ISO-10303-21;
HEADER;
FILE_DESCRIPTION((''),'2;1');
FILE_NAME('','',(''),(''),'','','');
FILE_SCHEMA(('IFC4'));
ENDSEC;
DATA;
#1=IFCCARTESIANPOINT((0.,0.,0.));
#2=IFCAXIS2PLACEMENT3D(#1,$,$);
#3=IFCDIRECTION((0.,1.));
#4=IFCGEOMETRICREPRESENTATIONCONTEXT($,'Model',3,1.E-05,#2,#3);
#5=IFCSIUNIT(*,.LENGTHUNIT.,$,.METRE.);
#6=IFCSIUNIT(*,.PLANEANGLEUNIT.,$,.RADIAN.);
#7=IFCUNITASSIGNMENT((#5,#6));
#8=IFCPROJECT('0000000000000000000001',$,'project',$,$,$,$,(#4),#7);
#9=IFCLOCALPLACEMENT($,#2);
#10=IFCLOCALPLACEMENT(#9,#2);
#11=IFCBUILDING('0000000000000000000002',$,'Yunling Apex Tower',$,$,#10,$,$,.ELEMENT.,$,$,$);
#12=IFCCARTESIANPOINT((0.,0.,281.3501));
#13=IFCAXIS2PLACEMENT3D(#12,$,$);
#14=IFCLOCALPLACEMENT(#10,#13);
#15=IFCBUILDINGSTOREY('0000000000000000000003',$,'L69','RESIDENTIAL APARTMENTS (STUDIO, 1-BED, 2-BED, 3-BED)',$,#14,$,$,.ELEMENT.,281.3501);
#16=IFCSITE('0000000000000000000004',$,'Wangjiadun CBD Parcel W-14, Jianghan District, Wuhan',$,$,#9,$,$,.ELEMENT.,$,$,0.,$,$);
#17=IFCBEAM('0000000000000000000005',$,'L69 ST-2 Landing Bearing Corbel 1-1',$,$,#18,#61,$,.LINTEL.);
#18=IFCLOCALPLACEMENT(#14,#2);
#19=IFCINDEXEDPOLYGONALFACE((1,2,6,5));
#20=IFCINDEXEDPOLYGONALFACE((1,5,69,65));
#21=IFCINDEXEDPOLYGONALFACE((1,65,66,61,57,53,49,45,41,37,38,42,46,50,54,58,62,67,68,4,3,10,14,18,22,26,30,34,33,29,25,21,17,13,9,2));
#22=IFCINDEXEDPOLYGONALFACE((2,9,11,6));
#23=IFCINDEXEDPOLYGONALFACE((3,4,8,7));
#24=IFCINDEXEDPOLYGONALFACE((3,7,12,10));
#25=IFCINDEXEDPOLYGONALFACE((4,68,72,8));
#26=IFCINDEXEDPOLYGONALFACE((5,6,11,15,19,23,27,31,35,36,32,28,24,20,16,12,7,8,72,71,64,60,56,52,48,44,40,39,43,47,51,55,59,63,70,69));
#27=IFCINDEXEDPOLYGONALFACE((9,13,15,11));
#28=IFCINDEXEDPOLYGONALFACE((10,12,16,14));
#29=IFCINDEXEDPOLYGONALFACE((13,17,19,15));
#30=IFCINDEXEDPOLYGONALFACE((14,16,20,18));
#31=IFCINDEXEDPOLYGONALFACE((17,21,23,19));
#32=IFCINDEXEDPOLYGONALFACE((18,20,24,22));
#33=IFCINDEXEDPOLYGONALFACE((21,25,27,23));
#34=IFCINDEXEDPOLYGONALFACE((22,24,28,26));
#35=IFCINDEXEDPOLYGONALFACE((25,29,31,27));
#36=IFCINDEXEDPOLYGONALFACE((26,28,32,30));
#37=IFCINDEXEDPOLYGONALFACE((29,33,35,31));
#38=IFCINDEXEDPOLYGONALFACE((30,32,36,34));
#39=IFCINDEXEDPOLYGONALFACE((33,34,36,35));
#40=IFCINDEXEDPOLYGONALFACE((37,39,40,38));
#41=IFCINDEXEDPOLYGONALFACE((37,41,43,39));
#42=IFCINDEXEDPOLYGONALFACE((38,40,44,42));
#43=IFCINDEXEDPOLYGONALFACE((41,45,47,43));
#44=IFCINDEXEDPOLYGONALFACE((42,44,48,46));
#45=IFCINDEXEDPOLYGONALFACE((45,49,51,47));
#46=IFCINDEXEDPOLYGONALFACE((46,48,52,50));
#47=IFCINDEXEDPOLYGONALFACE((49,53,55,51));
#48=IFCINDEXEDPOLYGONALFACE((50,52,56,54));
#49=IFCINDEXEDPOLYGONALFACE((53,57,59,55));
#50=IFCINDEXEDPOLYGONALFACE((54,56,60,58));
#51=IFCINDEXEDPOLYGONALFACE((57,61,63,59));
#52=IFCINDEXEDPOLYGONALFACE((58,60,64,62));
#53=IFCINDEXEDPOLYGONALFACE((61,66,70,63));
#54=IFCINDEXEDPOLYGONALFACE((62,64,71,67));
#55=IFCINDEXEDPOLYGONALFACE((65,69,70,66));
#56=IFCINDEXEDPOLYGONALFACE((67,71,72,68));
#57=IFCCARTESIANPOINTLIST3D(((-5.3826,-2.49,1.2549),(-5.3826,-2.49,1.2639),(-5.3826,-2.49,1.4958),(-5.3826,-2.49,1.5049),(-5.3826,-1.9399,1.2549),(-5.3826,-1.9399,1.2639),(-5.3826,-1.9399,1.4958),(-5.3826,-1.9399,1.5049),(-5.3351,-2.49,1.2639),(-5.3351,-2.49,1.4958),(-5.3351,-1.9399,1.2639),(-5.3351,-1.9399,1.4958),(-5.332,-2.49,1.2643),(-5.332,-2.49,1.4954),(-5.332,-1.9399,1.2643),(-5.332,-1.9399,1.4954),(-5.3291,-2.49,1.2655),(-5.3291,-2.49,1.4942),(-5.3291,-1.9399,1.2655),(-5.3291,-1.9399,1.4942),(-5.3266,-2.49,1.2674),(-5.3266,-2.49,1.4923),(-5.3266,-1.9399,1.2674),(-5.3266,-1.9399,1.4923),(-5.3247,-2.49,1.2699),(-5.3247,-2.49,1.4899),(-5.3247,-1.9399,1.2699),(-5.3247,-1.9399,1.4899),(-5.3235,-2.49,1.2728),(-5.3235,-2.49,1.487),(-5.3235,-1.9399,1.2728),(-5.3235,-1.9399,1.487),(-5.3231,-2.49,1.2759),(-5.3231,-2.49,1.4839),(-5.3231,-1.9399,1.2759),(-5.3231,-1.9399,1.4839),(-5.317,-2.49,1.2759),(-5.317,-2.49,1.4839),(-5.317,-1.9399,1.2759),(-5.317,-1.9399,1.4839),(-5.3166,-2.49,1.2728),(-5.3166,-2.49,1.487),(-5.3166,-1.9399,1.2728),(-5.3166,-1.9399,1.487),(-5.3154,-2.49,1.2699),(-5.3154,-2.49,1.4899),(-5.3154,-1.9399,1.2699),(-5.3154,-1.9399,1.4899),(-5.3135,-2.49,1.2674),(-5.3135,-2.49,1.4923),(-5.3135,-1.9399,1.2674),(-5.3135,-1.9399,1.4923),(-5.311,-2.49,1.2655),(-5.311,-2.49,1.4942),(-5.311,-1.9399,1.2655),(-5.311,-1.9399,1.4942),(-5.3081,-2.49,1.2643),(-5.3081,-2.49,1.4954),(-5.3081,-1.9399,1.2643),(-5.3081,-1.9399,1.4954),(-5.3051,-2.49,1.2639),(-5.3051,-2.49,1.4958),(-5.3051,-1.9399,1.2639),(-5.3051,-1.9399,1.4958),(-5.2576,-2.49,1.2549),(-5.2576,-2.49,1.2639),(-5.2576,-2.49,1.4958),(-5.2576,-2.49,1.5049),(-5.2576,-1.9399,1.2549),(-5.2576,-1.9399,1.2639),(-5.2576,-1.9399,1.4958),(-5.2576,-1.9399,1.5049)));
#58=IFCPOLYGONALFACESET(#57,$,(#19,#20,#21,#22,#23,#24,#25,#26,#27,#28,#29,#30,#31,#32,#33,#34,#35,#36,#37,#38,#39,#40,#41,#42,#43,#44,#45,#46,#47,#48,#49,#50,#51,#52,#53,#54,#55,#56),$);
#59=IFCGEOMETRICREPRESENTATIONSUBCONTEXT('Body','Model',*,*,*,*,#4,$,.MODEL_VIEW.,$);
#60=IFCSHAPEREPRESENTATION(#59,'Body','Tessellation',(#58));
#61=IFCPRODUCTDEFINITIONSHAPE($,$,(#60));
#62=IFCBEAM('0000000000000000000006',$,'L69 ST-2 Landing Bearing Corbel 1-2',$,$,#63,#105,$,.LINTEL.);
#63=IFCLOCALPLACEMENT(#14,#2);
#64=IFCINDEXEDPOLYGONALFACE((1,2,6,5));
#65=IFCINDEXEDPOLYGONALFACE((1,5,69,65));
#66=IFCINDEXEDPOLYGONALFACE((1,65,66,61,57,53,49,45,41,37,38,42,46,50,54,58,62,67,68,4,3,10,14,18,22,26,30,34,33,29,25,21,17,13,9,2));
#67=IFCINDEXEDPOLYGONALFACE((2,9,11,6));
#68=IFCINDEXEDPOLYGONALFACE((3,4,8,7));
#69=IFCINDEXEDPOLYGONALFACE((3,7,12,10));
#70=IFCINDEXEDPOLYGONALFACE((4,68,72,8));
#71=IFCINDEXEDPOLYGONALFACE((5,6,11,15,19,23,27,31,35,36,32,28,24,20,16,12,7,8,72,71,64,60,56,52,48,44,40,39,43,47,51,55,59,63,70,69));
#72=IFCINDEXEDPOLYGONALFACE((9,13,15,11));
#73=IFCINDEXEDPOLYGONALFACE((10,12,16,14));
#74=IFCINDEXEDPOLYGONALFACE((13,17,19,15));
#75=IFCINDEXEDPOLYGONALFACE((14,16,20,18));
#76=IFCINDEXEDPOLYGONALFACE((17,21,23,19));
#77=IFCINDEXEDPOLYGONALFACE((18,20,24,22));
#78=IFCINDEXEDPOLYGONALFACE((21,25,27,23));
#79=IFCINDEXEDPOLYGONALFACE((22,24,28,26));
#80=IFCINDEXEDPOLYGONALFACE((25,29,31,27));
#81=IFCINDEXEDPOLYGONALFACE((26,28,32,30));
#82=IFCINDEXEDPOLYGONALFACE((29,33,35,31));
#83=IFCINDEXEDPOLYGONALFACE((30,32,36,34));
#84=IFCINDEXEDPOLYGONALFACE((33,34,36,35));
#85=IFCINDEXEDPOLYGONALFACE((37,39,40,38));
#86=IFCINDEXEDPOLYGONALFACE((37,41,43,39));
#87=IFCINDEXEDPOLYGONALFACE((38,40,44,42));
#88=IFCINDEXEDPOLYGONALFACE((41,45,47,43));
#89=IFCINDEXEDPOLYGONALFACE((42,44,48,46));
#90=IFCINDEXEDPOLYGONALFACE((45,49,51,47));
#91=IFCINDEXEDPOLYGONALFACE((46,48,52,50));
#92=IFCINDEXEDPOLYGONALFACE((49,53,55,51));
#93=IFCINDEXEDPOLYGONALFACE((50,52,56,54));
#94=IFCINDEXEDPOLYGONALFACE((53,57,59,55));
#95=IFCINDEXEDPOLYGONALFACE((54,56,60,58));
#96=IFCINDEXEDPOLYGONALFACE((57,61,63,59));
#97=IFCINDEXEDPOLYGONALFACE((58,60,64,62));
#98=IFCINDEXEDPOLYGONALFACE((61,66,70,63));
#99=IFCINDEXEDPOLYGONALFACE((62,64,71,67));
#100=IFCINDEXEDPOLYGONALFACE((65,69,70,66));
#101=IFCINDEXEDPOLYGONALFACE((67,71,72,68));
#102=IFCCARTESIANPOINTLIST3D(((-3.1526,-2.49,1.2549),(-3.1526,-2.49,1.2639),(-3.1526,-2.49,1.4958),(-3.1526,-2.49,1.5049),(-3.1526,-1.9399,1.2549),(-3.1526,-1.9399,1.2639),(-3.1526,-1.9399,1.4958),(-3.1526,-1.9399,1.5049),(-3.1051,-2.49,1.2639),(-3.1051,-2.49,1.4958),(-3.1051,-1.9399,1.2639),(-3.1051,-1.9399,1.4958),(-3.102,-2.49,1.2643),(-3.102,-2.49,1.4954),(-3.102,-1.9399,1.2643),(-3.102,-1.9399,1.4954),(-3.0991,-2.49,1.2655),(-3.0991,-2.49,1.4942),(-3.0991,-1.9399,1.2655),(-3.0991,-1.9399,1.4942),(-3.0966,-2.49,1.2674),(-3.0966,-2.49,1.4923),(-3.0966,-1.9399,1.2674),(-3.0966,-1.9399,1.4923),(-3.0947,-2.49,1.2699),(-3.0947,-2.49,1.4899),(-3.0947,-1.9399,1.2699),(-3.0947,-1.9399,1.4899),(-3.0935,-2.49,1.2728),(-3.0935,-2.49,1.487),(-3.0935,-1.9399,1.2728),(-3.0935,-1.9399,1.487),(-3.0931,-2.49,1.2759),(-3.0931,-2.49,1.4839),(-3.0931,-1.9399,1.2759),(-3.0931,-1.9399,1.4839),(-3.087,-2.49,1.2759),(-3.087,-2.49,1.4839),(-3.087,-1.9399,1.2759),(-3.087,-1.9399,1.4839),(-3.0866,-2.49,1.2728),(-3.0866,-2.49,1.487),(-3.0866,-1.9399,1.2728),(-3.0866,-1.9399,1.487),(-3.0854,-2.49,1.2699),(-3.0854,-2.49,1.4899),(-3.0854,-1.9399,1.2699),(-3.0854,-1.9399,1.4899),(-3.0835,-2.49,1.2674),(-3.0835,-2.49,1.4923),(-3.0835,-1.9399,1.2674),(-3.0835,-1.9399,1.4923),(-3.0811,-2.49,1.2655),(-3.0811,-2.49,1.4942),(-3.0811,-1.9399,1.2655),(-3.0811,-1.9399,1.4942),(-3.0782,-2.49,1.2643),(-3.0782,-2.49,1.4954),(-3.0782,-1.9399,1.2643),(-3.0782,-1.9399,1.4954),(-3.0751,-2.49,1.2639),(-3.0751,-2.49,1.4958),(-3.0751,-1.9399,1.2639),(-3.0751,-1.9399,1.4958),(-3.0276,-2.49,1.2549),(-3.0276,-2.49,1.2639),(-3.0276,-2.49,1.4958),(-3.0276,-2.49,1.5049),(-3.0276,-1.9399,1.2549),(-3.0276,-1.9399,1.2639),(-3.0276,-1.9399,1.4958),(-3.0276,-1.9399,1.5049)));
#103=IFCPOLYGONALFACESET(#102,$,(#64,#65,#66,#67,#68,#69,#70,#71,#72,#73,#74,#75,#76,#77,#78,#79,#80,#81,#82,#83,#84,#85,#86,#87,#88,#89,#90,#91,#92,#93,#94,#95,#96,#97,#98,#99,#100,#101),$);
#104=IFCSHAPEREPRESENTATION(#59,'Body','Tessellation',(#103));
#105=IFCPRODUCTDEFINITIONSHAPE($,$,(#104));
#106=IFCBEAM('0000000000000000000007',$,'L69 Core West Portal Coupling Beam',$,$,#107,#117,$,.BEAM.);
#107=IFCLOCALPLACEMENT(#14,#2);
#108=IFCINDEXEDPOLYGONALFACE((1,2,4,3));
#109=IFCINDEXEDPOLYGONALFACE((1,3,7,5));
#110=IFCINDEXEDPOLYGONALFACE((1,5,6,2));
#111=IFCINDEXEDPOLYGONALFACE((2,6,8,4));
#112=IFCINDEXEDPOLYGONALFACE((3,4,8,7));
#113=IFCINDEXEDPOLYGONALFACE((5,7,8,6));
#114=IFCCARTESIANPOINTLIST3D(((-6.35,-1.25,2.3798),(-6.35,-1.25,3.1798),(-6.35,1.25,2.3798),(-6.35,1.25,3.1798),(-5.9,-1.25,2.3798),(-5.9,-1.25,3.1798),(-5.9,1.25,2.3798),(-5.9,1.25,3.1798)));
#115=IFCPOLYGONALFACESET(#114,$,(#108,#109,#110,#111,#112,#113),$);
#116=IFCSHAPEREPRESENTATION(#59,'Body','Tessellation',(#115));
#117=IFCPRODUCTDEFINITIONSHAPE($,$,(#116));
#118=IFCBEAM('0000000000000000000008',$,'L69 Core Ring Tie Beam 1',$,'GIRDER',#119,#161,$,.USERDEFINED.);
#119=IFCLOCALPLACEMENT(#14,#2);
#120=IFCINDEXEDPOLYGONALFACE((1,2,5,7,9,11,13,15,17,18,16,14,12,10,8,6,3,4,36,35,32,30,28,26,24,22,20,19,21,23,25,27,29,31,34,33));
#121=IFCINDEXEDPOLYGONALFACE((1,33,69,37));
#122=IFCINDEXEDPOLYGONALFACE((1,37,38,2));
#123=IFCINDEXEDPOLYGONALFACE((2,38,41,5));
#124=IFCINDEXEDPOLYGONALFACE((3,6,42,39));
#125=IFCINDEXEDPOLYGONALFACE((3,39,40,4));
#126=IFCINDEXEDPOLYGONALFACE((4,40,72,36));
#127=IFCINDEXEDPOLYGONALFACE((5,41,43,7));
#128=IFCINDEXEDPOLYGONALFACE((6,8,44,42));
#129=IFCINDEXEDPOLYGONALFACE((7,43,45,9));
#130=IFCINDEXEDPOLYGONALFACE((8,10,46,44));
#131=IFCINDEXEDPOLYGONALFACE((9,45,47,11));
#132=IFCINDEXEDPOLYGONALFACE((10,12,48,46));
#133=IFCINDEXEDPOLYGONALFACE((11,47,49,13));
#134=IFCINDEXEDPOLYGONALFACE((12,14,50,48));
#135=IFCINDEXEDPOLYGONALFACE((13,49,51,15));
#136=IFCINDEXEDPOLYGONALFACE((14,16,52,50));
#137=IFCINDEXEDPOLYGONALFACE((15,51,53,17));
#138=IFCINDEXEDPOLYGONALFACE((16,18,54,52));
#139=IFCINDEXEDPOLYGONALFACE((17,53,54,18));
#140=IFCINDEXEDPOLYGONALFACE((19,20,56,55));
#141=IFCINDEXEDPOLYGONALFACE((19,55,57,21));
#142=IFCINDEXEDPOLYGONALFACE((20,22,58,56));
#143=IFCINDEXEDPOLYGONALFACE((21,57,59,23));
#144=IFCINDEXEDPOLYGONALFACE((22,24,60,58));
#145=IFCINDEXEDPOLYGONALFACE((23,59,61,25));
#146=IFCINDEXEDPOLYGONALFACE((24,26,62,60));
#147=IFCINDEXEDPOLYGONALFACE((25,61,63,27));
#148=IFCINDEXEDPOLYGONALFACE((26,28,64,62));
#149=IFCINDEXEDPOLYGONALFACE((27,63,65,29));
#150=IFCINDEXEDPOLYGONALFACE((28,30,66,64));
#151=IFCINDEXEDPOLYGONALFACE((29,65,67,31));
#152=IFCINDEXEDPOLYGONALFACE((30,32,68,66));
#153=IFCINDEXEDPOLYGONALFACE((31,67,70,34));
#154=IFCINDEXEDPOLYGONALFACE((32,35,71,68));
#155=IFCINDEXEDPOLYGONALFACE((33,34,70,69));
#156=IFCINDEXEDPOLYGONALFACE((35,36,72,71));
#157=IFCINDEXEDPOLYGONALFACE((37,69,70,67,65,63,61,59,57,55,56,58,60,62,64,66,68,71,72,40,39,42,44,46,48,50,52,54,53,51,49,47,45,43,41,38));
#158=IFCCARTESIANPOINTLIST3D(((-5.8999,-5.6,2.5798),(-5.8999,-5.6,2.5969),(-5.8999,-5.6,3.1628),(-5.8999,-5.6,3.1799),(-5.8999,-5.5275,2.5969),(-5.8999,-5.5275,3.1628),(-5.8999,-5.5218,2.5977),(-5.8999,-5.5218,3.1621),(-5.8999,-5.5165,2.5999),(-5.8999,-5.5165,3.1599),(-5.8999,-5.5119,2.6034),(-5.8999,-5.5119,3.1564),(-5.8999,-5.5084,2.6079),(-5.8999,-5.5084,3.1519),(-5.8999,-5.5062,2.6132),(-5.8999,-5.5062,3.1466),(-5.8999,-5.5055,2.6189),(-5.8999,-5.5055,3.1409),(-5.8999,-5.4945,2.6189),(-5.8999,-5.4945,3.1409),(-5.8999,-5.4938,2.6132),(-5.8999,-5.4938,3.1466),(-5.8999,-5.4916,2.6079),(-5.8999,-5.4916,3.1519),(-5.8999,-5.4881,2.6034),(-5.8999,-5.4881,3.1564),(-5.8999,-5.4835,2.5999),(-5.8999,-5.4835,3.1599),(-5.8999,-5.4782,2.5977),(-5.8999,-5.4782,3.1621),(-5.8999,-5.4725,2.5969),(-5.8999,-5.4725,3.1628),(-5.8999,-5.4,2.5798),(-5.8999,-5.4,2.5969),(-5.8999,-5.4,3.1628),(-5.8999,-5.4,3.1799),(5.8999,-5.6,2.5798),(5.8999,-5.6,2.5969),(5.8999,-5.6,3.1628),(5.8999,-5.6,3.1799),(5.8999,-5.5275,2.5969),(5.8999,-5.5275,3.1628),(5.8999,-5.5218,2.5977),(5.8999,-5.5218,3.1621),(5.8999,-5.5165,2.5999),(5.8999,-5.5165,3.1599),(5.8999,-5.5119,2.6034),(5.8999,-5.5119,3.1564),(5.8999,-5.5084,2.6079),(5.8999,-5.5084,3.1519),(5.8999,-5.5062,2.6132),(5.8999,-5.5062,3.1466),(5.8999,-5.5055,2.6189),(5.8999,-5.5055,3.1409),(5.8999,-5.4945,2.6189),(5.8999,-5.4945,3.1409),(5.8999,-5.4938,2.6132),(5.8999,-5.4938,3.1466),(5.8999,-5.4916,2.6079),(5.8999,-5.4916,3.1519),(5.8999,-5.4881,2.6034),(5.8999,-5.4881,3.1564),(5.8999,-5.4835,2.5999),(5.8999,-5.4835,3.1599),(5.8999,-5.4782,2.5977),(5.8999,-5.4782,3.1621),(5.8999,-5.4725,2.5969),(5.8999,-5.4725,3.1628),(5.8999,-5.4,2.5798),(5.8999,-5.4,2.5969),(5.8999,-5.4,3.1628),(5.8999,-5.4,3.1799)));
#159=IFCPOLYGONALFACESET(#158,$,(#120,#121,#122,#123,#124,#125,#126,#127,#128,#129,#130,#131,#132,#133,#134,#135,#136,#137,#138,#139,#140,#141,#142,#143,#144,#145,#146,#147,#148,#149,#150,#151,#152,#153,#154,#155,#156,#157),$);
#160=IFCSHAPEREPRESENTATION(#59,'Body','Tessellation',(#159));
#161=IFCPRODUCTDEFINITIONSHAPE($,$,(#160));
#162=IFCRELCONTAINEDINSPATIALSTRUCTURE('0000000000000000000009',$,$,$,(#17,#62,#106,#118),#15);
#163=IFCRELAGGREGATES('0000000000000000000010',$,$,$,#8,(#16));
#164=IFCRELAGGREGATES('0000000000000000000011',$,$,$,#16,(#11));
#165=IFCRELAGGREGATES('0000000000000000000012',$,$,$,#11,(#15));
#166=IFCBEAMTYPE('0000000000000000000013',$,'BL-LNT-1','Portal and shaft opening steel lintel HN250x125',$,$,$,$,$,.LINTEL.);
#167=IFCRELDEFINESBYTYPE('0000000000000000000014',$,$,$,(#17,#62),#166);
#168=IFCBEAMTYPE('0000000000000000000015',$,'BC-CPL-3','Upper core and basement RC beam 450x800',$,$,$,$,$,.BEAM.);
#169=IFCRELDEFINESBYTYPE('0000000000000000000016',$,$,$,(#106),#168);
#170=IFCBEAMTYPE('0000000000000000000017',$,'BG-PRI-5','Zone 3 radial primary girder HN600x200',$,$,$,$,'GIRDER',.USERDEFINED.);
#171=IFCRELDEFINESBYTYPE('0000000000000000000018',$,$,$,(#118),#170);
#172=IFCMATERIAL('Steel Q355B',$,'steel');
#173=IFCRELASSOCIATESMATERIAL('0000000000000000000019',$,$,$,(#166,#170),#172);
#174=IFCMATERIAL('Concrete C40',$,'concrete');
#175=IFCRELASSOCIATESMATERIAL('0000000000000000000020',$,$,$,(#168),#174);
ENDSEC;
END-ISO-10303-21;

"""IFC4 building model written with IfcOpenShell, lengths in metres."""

from ifc_helpers import new_model, si_unit, direction, frame, origin, origin_2d, place, context, subcontext, project, spatial, rectangle, i_section, extrude, source, transform, mapped, material, material_profile, profile_set, type_object, element, save


model = new_model("IFC4")

# Units and contexts
model_context = context("Model", 3, precision=1e-05, world=origin(), true_north=direction((0.0, 1.0)))
body_context = subcontext(model_context, "Body", "Model", "MODEL_VIEW")
ifc_project = project(units=[si_unit("LENGTHUNIT", "METRE"), si_unit("PLANEANGLEUNIT", "RADIAN")], contexts=[model_context])

# Site, building, storey
site_placement = place(None, origin())
site = spatial("IfcSite", under=ifc_project, at=site_placement, Name="Wangjiadun CBD Parcel W-14, Jianghan District, Wuhan", CompositionType="ELEMENT", RefElevation=0.0)
building_placement = place(site_placement, origin())
building = spatial("IfcBuilding", under=site, at=building_placement, Name="Yunling Apex Tower", CompositionType="ELEMENT")
storey_placement = place(building_placement, frame((0.0, 0.0, 281.3501)))
storey = spatial("IfcBuildingStorey", under=building, at=storey_placement, Name="L69", Description="RESIDENTIAL APARTMENTS (STUDIO, 1-BED, 2-BED, 3-BED)", CompositionType="ELEMENT", Elevation=281.3501)

# Shared definitions
ifc_material_1 = material(Name="Steel Q355B", Category="steel")

# Beams
ifc_material_profile_1 = material_profile(ifc_material_1, i_section(OverallWidth=0.125, OverallDepth=0.25, WebThickness=0.0061, FlangeThickness=0.009, FilletRadius=0.012, at=origin_2d()))
ifc_profile_set_1 = profile_set([ifc_material_profile_1], Name="Steel Q355B")
beam_type_1 = type_object("IfcBeamType", Name="BL-LNT-1", Description="Portal and shaft opening steel lintel HN250x125", PredefinedType="LINTEL", material=ifc_profile_set_1)
shared_shape_1 = source(origin(), body_context, "Body", "SweptSolid", [
    extrude(i_section(OverallWidth=0.125, OverallDepth=0.25, WebThickness=0.0061, FlangeThickness=0.009, FilletRadius=0.012, at=origin_2d()), origin(), (0.0, 0.0, 1.0), 0.55),
])
for number, where, z_axis, x_axis, name in (
    (1, (-5.3201, -1.9399, 1.3799), (0.0, -1.0, 0.0), (1.0, 0.0, 0.0), "L69 ST-2 Landing Bearing Corbel 1-1"),
    (2, (-3.0901, -1.9399, 1.3799), (0.0, -1.0, 0.0), (1.0, 0.0, 0.0), "L69 ST-2 Landing Bearing Corbel 1-2"),
):
    element("IfcBeam", number, at=place(storey_placement, frame(where, z_axis=z_axis, x_axis=x_axis)), inside=storey, type_object=beam_type_1, Name=name, PredefinedType="LINTEL", context=body_context, shape_type="MappedRepresentation", body=[
        mapped(shared_shape_1, transform((0.0, 0.0, 0.0), scale=1.0)),
    ])
ifc_material_2 = material(Name="Concrete C40", Category="concrete")
ifc_material_profile_2 = material_profile(ifc_material_2, rectangle(XDim=0.45, YDim=0.8, at=origin_2d()))
ifc_profile_set_2 = profile_set([ifc_material_profile_2], Name="Concrete C40")
beam_type_2 = type_object("IfcBeamType", Name="BC-CPL-3", Description="Upper core and basement RC beam 450x800", PredefinedType="BEAM", material=ifc_profile_set_2)
shared_shape_2 = source(origin(), body_context, "Body", "SweptSolid", [
    extrude(rectangle(XDim=0.45, YDim=0.8, at=origin_2d()), origin(), (0.0, 0.0, 1.0), 2.5),
])
beam_1_placement = place(storey_placement, frame((-6.125, -1.25, 2.7798), z_axis=(0.0, 1.0, 0.0), x_axis=(-1.0, 0.0, 0.0)))
element("IfcBeam", 3, at=beam_1_placement, inside=storey, type_object=beam_type_2, Name="L69 Core West Portal Coupling Beam", PredefinedType="BEAM", context=body_context, shape_type="MappedRepresentation", body=[
    mapped(shared_shape_2, transform((0.0, 0.0, 0.0), scale=1.0)),
])
ifc_material_profile_3 = material_profile(ifc_material_1, i_section(OverallWidth=0.2, OverallDepth=0.6001, WebThickness=0.011, FlangeThickness=0.0171, FilletRadius=0.022, at=origin_2d()))
ifc_profile_set_3 = profile_set([ifc_material_profile_3], Name="Steel Q355B")
beam_type_3 = type_object("IfcBeamType", Name="BG-PRI-5", Description="Zone 3 radial primary girder HN600x200", ElementType="GIRDER", PredefinedType="USERDEFINED", material=ifc_profile_set_3)
shared_shape_3 = source(origin(), body_context, "Body", "SweptSolid", [
    extrude(i_section(OverallWidth=0.2, OverallDepth=0.6001, WebThickness=0.011, FlangeThickness=0.0171, FilletRadius=0.022, at=origin_2d()), origin(), (0.0, 0.0, 1.0), 11.7998),
])
beam_2_placement = place(storey_placement, frame((-5.8999, -5.5, 2.8799), z_axis=(1.0, 0.0, 0.0), x_axis=(0.0, 1.0, 0.0)))
element("IfcBeam", 4, at=beam_2_placement, inside=storey, type_object=beam_type_3, Name="L69 Core Ring Tie Beam 1", ObjectType="GIRDER", PredefinedType="USERDEFINED", context=body_context, shape_type="MappedRepresentation", body=[
    mapped(shared_shape_3, transform((0.0, 0.0, 0.0), scale=1.0)),
])

save(model, "model.ifc")
